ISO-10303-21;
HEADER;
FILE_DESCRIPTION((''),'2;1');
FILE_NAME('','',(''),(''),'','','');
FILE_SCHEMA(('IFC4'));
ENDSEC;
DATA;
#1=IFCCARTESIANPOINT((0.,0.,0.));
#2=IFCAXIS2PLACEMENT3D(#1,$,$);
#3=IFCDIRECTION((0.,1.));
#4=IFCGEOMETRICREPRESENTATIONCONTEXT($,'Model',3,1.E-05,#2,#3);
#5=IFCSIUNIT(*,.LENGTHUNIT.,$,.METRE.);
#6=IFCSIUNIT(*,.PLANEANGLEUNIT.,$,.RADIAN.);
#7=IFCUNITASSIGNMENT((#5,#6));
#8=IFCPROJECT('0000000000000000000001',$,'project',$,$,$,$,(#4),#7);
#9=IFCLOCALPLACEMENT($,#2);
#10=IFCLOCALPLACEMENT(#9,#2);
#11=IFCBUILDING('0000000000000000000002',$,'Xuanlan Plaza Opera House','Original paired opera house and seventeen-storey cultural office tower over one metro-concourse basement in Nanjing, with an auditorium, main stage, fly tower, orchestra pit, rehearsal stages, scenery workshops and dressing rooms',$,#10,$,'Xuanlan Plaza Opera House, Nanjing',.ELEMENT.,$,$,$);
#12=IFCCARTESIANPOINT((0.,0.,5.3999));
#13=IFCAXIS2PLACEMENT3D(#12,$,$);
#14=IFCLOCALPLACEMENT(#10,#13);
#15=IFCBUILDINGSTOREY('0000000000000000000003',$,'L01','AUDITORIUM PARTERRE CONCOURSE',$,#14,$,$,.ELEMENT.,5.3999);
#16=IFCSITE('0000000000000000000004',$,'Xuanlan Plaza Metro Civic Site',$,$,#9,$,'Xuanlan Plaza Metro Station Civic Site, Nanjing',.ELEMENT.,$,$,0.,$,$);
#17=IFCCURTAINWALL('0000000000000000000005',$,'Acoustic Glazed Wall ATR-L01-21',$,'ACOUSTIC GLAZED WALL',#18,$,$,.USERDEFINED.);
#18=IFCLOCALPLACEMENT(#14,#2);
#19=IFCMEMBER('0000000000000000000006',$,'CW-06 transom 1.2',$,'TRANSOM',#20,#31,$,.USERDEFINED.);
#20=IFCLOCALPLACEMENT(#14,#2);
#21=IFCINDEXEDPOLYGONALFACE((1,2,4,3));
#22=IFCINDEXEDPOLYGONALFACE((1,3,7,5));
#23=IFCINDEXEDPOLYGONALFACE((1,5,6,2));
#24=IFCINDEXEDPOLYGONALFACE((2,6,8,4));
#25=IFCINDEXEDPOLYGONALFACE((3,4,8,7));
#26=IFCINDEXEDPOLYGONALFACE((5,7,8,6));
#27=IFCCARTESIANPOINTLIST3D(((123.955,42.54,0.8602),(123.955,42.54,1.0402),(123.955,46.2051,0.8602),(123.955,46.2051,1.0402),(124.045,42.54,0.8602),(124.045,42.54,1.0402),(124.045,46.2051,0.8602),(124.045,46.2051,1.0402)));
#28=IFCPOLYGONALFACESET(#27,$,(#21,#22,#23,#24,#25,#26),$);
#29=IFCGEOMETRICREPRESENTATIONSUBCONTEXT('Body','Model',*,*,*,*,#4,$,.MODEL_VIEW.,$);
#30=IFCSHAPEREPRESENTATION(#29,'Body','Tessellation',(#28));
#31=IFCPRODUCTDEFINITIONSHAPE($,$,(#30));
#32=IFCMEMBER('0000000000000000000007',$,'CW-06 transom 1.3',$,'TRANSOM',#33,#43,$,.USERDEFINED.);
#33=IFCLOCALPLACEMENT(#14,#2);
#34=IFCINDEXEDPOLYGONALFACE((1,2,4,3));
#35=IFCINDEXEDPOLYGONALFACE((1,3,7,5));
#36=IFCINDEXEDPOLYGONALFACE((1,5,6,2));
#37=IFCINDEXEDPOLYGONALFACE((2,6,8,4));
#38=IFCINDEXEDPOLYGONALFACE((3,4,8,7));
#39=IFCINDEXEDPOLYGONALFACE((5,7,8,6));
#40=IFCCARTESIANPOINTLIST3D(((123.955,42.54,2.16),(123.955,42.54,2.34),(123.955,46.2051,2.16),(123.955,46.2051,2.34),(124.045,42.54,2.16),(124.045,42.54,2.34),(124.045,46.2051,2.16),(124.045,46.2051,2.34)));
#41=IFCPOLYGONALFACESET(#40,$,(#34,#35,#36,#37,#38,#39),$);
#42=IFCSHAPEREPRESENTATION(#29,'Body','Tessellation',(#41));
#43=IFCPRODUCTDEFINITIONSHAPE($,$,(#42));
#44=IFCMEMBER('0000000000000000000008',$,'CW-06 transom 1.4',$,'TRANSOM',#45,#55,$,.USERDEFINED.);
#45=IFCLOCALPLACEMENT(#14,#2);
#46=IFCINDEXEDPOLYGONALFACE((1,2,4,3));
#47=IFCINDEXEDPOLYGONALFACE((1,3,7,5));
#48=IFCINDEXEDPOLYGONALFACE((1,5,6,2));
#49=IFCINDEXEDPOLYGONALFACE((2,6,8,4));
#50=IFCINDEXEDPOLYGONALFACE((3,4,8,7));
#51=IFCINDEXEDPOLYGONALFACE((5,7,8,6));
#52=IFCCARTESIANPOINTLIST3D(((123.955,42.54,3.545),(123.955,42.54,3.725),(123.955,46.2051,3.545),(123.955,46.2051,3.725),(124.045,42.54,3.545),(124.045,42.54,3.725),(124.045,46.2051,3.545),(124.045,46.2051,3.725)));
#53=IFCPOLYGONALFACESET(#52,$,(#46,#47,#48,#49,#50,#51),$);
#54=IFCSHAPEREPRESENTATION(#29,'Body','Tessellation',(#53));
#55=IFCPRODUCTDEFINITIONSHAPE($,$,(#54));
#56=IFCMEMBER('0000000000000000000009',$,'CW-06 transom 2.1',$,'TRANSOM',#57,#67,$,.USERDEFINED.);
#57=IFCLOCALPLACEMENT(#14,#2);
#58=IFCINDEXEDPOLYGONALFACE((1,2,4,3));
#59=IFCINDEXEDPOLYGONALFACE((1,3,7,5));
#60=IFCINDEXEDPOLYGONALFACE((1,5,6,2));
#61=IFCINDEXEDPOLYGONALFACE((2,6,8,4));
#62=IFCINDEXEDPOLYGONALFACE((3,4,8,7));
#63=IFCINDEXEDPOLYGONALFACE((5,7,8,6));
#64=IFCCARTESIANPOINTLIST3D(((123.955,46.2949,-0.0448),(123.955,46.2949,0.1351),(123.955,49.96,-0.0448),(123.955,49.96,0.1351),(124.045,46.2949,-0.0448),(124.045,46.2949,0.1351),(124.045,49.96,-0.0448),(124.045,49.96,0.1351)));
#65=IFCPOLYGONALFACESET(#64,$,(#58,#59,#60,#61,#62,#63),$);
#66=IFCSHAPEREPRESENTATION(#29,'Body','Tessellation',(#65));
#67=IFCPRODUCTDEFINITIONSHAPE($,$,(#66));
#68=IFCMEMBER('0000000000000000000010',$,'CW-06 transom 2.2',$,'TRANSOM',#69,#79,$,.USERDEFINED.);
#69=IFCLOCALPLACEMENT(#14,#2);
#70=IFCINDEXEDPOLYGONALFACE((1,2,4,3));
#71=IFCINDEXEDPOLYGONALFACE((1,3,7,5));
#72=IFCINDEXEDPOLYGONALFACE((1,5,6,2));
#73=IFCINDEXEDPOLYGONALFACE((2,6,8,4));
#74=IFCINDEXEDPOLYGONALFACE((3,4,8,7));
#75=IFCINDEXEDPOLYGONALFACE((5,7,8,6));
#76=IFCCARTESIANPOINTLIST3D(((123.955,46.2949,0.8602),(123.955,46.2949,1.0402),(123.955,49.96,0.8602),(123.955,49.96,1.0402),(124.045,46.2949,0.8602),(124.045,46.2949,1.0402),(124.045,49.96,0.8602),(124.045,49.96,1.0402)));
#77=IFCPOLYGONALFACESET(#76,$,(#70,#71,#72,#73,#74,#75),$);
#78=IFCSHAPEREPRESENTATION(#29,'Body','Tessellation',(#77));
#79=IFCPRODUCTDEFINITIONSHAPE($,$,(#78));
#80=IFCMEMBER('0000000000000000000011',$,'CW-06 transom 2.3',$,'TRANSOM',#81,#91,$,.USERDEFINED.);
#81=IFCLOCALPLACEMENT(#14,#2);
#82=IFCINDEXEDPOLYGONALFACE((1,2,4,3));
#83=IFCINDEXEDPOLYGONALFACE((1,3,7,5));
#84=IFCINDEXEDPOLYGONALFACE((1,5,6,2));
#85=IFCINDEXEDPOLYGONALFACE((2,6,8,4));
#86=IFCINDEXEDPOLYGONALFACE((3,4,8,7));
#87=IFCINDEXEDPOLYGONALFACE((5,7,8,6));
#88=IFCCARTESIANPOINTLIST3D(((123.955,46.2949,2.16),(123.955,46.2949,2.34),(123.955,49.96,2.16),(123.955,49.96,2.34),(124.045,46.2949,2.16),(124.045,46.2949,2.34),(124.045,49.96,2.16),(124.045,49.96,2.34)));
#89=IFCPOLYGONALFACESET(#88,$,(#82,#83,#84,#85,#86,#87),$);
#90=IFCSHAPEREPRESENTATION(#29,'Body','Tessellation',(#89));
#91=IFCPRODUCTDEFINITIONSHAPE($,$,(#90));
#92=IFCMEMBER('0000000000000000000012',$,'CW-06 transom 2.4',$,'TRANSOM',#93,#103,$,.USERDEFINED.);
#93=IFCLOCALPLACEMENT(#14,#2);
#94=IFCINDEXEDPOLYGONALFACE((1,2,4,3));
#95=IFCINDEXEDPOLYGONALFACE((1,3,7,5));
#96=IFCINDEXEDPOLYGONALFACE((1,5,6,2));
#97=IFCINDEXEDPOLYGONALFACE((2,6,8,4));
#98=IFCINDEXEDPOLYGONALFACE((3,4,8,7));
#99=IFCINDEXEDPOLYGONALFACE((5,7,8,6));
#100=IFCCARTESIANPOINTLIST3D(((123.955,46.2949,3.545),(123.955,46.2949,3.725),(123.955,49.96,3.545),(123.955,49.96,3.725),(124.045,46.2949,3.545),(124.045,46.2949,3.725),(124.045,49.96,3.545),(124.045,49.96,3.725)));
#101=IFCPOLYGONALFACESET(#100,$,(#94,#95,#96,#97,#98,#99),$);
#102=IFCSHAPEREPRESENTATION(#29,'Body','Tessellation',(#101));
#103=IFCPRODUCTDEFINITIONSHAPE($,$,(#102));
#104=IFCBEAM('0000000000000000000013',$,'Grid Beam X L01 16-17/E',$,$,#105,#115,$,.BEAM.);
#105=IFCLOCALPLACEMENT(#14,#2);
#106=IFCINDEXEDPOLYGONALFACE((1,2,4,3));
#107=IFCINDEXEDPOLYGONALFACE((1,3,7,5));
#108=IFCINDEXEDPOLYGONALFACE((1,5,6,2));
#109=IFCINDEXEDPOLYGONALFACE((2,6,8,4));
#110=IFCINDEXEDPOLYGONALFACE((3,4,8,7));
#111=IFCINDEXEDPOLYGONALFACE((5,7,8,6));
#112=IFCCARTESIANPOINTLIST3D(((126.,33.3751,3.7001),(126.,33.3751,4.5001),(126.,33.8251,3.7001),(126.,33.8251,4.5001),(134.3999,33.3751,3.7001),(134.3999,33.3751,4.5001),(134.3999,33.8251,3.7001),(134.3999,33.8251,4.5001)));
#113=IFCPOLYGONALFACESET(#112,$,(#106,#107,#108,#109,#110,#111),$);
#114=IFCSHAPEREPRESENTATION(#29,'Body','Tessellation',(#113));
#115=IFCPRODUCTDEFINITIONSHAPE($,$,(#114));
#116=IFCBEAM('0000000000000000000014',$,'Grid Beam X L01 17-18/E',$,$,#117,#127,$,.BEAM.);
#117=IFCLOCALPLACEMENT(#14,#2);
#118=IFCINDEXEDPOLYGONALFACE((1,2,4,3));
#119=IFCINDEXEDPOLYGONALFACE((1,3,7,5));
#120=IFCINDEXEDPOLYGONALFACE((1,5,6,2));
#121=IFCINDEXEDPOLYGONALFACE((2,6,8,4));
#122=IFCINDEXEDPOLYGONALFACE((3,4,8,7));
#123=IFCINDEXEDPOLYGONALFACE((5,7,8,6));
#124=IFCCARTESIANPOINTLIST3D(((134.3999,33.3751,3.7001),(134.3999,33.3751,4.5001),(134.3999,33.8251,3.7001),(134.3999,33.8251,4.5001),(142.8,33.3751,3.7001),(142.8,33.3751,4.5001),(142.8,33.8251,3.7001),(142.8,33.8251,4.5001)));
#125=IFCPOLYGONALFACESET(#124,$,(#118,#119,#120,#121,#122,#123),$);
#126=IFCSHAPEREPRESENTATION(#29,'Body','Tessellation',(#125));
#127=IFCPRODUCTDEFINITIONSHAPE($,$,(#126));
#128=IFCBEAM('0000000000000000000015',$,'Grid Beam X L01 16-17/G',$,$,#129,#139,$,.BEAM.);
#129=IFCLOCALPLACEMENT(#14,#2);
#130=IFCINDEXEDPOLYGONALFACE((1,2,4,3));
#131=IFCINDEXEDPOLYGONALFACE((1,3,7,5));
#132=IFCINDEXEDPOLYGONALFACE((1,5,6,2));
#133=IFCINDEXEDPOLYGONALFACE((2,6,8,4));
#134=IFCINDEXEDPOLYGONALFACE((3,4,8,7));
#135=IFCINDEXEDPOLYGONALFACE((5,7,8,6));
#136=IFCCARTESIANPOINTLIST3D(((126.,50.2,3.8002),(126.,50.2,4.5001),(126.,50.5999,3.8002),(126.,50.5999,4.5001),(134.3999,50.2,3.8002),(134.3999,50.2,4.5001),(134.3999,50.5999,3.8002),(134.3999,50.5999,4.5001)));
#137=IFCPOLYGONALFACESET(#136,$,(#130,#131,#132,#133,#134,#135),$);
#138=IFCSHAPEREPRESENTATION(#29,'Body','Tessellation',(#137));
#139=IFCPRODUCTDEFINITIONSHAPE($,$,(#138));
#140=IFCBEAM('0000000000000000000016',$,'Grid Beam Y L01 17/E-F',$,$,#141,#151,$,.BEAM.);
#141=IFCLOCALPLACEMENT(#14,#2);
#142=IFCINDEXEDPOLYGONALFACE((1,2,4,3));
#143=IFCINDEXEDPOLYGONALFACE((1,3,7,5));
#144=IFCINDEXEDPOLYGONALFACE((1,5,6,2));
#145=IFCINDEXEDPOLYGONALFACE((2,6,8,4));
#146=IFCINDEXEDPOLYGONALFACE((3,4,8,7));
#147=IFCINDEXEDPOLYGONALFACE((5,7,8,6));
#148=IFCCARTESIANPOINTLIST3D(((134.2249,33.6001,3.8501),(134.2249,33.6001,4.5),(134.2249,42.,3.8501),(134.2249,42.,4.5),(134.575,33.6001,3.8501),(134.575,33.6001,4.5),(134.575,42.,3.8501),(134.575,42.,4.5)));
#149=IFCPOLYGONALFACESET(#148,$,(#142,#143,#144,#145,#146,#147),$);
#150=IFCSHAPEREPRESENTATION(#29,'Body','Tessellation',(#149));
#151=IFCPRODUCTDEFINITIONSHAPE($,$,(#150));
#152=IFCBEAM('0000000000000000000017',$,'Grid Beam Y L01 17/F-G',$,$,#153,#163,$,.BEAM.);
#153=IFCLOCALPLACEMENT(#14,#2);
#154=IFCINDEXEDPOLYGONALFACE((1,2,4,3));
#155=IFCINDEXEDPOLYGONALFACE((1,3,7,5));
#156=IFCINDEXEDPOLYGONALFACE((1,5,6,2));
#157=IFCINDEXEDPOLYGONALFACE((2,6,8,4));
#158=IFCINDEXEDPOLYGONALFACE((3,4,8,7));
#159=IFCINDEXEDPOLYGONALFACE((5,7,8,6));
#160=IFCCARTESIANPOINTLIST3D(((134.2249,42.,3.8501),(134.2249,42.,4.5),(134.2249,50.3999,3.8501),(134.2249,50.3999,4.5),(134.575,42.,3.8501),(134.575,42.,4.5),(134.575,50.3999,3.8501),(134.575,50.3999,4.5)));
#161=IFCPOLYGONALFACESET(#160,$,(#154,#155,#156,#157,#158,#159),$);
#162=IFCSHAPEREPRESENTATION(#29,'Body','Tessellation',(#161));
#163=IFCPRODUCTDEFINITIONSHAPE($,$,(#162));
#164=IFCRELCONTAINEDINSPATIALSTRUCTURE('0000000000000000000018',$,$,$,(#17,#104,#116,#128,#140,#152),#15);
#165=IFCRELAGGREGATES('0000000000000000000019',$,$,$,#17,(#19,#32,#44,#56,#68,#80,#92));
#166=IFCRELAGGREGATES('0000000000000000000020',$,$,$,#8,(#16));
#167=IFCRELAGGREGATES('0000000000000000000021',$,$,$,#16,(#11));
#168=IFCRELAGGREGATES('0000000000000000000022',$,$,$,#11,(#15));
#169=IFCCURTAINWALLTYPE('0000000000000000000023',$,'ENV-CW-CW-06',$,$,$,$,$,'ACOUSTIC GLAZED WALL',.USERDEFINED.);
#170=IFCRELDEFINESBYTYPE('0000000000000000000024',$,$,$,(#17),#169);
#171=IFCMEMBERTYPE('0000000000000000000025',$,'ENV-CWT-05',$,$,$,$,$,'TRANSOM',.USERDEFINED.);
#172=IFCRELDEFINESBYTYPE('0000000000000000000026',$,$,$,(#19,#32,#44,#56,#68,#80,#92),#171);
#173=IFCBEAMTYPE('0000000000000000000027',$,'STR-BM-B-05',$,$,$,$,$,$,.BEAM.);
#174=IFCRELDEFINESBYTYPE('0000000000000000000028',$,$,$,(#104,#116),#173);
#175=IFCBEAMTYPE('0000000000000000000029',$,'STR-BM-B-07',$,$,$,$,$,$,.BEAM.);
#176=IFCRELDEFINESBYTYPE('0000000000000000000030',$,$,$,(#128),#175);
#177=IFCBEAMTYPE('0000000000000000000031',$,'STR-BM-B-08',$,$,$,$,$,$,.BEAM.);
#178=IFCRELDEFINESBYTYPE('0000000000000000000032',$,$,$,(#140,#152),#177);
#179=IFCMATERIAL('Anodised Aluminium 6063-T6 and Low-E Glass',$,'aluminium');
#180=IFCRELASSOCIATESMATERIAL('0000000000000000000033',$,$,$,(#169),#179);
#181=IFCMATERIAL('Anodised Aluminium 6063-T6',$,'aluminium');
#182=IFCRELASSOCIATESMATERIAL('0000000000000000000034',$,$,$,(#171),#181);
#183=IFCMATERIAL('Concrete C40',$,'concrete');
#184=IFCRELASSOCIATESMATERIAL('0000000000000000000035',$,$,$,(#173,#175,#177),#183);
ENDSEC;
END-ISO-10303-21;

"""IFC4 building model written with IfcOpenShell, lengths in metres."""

from ifc_helpers import new_model, si_unit, direction, frame, origin, origin_2d, place, context, subcontext, project, spatial, rectangle, extrude, material, material_profile, profile_set, type_object, element, aggregate, save


model = new_model("IFC4")

# Units and contexts
model_context = context("Model", 3, precision=1e-05, world=origin(), true_north=direction((0.0, 1.0)))
body_context = subcontext(model_context, "Body", "Model", "MODEL_VIEW")
ifc_project = project(units=[si_unit("LENGTHUNIT", "METRE"), si_unit("PLANEANGLEUNIT", "RADIAN")], contexts=[model_context])

# Site, building, storey
site_placement = place(None, origin())
site = spatial("IfcSite", under=ifc_project, at=site_placement, Name="Xuanlan Plaza Metro Civic Site", LongName="Xuanlan Plaza Metro Station Civic Site, Nanjing", CompositionType="ELEMENT", RefElevation=0.0)
building_placement = place(site_placement, origin())
building = spatial("IfcBuilding", under=site, at=building_placement, Name="Xuanlan Plaza Opera House", Description="Original paired opera house and seventeen-storey cultural office tower over one metro-concourse basement in Nanjing, with an auditorium, main stage, fly tower, orchestra pit, rehearsal stages, scenery workshops and dressing rooms", LongName="Xuanlan Plaza Opera House, Nanjing", CompositionType="ELEMENT")
storey_placement = place(building_placement, frame((0.0, 0.0, 5.3999)))
storey = spatial("IfcBuildingStorey", under=building, at=storey_placement, Name="L01", Description="AUDITORIUM PARTERRE CONCOURSE", CompositionType="ELEMENT", Elevation=5.3999)

# Curtain wall, members
ifc_material_1 = material(Name="Anodised Aluminium 6063-T6 and Low-E Glass", Category="aluminium")
curtain_wall_type = type_object("IfcCurtainWallType", Name="ENV-CW-CW-06", ElementType="ACOUSTIC GLAZED WALL", PredefinedType="USERDEFINED", material=ifc_material_1)
curtain_wall_placement = place(storey_placement, origin())
curtain_wall = element("IfcCurtainWall", 1, at=curtain_wall_placement, inside=storey, type_object=curtain_wall_type, Name="Acoustic Glazed Wall ATR-L01-21", ObjectType="ACOUSTIC GLAZED WALL", PredefinedType="USERDEFINED")
ifc_material_2 = material(Name="Anodised Aluminium 6063-T6", Category="aluminium")
ifc_material_profile_1 = material_profile(ifc_material_2, rectangle(XDim=0.0901, YDim=0.1799, at=origin_2d()), Name="ALU-T 90x180")
ifc_profile_set_1 = profile_set([ifc_material_profile_1], Name="Anodised Aluminium 6063-T6")
member_type_1 = type_object("IfcMemberType", Name="ENV-CWT-05", ElementType="TRANSOM", PredefinedType="USERDEFINED", material=ifc_profile_set_1)
member_1_placement = place(storey_placement, frame((124.0, 42.54, 0.9502), z_axis=(0.0, 1.0, 0.0), x_axis=(-1.0, 0.0, 0.0)))
member_1 = element("IfcMember", 2, at=member_1_placement, type_object=member_type_1, Name="CW-06 transom 1.2", ObjectType="TRANSOM", PredefinedType="USERDEFINED", context=body_context, shape_type="SweptSolid", body=[
    extrude(rectangle(XDim=0.0901, YDim=0.1799, at=origin_2d()), origin(), (0.0, 0.0, 1.0), 3.665),
])
member_2_placement = place(storey_placement, frame((124.0, 42.54, 2.25), z_axis=(0.0, 1.0, 0.0), x_axis=(-1.0, 0.0, 0.0)))
member_2 = element("IfcMember", 3, at=member_2_placement, type_object=member_type_1, Name="CW-06 transom 1.3", ObjectType="TRANSOM", PredefinedType="USERDEFINED", context=body_context, shape_type="SweptSolid", body=[
    extrude(rectangle(XDim=0.0901, YDim=0.1799, at=origin_2d()), origin(), (0.0, 0.0, 1.0), 3.665),
])
member_3_placement = place(storey_placement, frame((124.0, 42.54, 3.635), z_axis=(0.0, 1.0, 0.0), x_axis=(-1.0, 0.0, 0.0)))
member_3 = element("IfcMember", 4, at=member_3_placement, type_object=member_type_1, Name="CW-06 transom 1.4", ObjectType="TRANSOM", PredefinedType="USERDEFINED", context=body_context, shape_type="SweptSolid", body=[
    extrude(rectangle(XDim=0.0901, YDim=0.1799, at=origin_2d()), origin(), (0.0, 0.0, 1.0), 3.665),
])
member_4_placement = place(storey_placement, frame((124.0, 46.2949, 0.0452), z_axis=(0.0, 1.0, 0.0), x_axis=(-1.0, 0.0, 0.0)))
member_4 = element("IfcMember", 5, at=member_4_placement, type_object=member_type_1, Name="CW-06 transom 2.1", ObjectType="TRANSOM", PredefinedType="USERDEFINED", context=body_context, shape_type="SweptSolid", body=[
    extrude(rectangle(XDim=0.0901, YDim=0.1799, at=origin_2d()), origin(), (0.0, 0.0, 1.0), 3.665),
])
member_5_placement = place(storey_placement, frame((124.0, 46.2949, 0.9502), z_axis=(0.0, 1.0, 0.0), x_axis=(-1.0, 0.0, 0.0)))
member_5 = element("IfcMember", 6, at=member_5_placement, type_object=member_type_1, Name="CW-06 transom 2.2", ObjectType="TRANSOM", PredefinedType="USERDEFINED", context=body_context, shape_type="SweptSolid", body=[
    extrude(rectangle(XDim=0.0901, YDim=0.1799, at=origin_2d()), origin(), (0.0, 0.0, 1.0), 3.665),
])
member_6_placement = place(storey_placement, frame((124.0, 46.2949, 2.25), z_axis=(0.0, 1.0, 0.0), x_axis=(-1.0, 0.0, 0.0)))
member_6 = element("IfcMember", 7, at=member_6_placement, type_object=member_type_1, Name="CW-06 transom 2.3", ObjectType="TRANSOM", PredefinedType="USERDEFINED", context=body_context, shape_type="SweptSolid", body=[
    extrude(rectangle(XDim=0.0901, YDim=0.1799, at=origin_2d()), origin(), (0.0, 0.0, 1.0), 3.665),
])
member_7_placement = place(storey_placement, frame((124.0, 46.2949, 3.635), z_axis=(0.0, 1.0, 0.0), x_axis=(-1.0, 0.0, 0.0)))
member_7 = element("IfcMember", 8, at=member_7_placement, type_object=member_type_1, Name="CW-06 transom 2.4", ObjectType="TRANSOM", PredefinedType="USERDEFINED", context=body_context, shape_type="SweptSolid", body=[
    extrude(rectangle(XDim=0.0901, YDim=0.1799, at=origin_2d()), origin(), (0.0, 0.0, 1.0), 3.665),
])

# Beams
ifc_material_3 = material(Name="Concrete C40", Category="concrete")
ifc_material_profile_2 = material_profile(ifc_material_3, rectangle(XDim=0.45, YDim=0.8, at=origin_2d()), Name="RC-BM 450x800")
ifc_profile_set_2 = profile_set([ifc_material_profile_2], Name="Concrete C40")
beam_type_1 = type_object("IfcBeamType", Name="STR-BM-B-05", PredefinedType="BEAM", material=ifc_profile_set_2)
beam_1_placement = place(storey_placement, frame((126.0, 33.6001, 4.1001), z_axis=(1.0, 0.0, 0.0), x_axis=(0.0, 1.0, 0.0)))
element("IfcBeam", 9, at=beam_1_placement, inside=storey, type_object=beam_type_1, Name="Grid Beam X L01 16-17/E", PredefinedType="BEAM", context=body_context, shape_type="SweptSolid", body=[
    extrude(rectangle(XDim=0.45, YDim=0.8, at=origin_2d()), origin(), (0.0, 0.0, 1.0), 8.3999),
])
beam_2_placement = place(storey_placement, frame((134.3999, 33.6001, 4.1001), z_axis=(1.0, 0.0, 0.0), x_axis=(0.0, 1.0, 0.0)))
element("IfcBeam", 10, at=beam_2_placement, inside=storey, type_object=beam_type_1, Name="Grid Beam X L01 17-18/E", PredefinedType="BEAM", context=body_context, shape_type="SweptSolid", body=[
    extrude(rectangle(XDim=0.45, YDim=0.8, at=origin_2d()), origin(), (0.0, 0.0, 1.0), 8.4001),
])
ifc_material_profile_3 = material_profile(ifc_material_3, rectangle(XDim=0.3999, YDim=0.7, at=origin_2d()), Name="RC-BM 400x700")
ifc_profile_set_3 = profile_set([ifc_material_profile_3], Name="Concrete C40")
beam_type_2 = type_object("IfcBeamType", Name="STR-BM-B-07", PredefinedType="BEAM", material=ifc_profile_set_3)
beam_3_placement = place(storey_placement, frame((126.0, 50.3999, 4.1501), z_axis=(1.0, 0.0, 0.0), x_axis=(0.0, 1.0, 0.0)))
element("IfcBeam", 11, at=beam_3_placement, inside=storey, type_object=beam_type_2, Name="Grid Beam X L01 16-17/G", PredefinedType="BEAM", context=body_context, shape_type="SweptSolid", body=[
    extrude(rectangle(XDim=0.3999, YDim=0.7, at=origin_2d()), origin(), (0.0, 0.0, 1.0), 8.3999),
])
ifc_material_profile_4 = material_profile(ifc_material_3, rectangle(XDim=0.3501, YDim=0.6499, at=origin_2d()), Name="RC-BM 350x650")
ifc_profile_set_4 = profile_set([ifc_material_profile_4], Name="Concrete C40")
beam_type_3 = type_object("IfcBeamType", Name="STR-BM-B-08", PredefinedType="BEAM", material=ifc_profile_set_4)
for number, where, z_axis, x_axis, name in (
    (12, (134.3999, 33.6001, 4.175), (0.0, 1.0, 0.0), (-1.0, 0.0, 0.0), "Grid Beam Y L01 17/E-F"),
    (13, (134.3999, 42.0, 4.175), (0.0, 1.0, 0.0), (-1.0, 0.0, 0.0), "Grid Beam Y L01 17/F-G"),
):
    element("IfcBeam", number, at=place(storey_placement, frame(where, z_axis=z_axis, x_axis=x_axis)), inside=storey, type_object=beam_type_3, Name=name, PredefinedType="BEAM", context=body_context, shape_type="SweptSolid", body=[
        extrude(rectangle(XDim=0.3501, YDim=0.6499, at=origin_2d()), origin(), (0.0, 0.0, 1.0), 8.3999),
    ])

aggregate(curtain_wall, [member_1, member_2, member_3, member_4, member_5, member_6, member_7])

save(model, "model.ifc")
